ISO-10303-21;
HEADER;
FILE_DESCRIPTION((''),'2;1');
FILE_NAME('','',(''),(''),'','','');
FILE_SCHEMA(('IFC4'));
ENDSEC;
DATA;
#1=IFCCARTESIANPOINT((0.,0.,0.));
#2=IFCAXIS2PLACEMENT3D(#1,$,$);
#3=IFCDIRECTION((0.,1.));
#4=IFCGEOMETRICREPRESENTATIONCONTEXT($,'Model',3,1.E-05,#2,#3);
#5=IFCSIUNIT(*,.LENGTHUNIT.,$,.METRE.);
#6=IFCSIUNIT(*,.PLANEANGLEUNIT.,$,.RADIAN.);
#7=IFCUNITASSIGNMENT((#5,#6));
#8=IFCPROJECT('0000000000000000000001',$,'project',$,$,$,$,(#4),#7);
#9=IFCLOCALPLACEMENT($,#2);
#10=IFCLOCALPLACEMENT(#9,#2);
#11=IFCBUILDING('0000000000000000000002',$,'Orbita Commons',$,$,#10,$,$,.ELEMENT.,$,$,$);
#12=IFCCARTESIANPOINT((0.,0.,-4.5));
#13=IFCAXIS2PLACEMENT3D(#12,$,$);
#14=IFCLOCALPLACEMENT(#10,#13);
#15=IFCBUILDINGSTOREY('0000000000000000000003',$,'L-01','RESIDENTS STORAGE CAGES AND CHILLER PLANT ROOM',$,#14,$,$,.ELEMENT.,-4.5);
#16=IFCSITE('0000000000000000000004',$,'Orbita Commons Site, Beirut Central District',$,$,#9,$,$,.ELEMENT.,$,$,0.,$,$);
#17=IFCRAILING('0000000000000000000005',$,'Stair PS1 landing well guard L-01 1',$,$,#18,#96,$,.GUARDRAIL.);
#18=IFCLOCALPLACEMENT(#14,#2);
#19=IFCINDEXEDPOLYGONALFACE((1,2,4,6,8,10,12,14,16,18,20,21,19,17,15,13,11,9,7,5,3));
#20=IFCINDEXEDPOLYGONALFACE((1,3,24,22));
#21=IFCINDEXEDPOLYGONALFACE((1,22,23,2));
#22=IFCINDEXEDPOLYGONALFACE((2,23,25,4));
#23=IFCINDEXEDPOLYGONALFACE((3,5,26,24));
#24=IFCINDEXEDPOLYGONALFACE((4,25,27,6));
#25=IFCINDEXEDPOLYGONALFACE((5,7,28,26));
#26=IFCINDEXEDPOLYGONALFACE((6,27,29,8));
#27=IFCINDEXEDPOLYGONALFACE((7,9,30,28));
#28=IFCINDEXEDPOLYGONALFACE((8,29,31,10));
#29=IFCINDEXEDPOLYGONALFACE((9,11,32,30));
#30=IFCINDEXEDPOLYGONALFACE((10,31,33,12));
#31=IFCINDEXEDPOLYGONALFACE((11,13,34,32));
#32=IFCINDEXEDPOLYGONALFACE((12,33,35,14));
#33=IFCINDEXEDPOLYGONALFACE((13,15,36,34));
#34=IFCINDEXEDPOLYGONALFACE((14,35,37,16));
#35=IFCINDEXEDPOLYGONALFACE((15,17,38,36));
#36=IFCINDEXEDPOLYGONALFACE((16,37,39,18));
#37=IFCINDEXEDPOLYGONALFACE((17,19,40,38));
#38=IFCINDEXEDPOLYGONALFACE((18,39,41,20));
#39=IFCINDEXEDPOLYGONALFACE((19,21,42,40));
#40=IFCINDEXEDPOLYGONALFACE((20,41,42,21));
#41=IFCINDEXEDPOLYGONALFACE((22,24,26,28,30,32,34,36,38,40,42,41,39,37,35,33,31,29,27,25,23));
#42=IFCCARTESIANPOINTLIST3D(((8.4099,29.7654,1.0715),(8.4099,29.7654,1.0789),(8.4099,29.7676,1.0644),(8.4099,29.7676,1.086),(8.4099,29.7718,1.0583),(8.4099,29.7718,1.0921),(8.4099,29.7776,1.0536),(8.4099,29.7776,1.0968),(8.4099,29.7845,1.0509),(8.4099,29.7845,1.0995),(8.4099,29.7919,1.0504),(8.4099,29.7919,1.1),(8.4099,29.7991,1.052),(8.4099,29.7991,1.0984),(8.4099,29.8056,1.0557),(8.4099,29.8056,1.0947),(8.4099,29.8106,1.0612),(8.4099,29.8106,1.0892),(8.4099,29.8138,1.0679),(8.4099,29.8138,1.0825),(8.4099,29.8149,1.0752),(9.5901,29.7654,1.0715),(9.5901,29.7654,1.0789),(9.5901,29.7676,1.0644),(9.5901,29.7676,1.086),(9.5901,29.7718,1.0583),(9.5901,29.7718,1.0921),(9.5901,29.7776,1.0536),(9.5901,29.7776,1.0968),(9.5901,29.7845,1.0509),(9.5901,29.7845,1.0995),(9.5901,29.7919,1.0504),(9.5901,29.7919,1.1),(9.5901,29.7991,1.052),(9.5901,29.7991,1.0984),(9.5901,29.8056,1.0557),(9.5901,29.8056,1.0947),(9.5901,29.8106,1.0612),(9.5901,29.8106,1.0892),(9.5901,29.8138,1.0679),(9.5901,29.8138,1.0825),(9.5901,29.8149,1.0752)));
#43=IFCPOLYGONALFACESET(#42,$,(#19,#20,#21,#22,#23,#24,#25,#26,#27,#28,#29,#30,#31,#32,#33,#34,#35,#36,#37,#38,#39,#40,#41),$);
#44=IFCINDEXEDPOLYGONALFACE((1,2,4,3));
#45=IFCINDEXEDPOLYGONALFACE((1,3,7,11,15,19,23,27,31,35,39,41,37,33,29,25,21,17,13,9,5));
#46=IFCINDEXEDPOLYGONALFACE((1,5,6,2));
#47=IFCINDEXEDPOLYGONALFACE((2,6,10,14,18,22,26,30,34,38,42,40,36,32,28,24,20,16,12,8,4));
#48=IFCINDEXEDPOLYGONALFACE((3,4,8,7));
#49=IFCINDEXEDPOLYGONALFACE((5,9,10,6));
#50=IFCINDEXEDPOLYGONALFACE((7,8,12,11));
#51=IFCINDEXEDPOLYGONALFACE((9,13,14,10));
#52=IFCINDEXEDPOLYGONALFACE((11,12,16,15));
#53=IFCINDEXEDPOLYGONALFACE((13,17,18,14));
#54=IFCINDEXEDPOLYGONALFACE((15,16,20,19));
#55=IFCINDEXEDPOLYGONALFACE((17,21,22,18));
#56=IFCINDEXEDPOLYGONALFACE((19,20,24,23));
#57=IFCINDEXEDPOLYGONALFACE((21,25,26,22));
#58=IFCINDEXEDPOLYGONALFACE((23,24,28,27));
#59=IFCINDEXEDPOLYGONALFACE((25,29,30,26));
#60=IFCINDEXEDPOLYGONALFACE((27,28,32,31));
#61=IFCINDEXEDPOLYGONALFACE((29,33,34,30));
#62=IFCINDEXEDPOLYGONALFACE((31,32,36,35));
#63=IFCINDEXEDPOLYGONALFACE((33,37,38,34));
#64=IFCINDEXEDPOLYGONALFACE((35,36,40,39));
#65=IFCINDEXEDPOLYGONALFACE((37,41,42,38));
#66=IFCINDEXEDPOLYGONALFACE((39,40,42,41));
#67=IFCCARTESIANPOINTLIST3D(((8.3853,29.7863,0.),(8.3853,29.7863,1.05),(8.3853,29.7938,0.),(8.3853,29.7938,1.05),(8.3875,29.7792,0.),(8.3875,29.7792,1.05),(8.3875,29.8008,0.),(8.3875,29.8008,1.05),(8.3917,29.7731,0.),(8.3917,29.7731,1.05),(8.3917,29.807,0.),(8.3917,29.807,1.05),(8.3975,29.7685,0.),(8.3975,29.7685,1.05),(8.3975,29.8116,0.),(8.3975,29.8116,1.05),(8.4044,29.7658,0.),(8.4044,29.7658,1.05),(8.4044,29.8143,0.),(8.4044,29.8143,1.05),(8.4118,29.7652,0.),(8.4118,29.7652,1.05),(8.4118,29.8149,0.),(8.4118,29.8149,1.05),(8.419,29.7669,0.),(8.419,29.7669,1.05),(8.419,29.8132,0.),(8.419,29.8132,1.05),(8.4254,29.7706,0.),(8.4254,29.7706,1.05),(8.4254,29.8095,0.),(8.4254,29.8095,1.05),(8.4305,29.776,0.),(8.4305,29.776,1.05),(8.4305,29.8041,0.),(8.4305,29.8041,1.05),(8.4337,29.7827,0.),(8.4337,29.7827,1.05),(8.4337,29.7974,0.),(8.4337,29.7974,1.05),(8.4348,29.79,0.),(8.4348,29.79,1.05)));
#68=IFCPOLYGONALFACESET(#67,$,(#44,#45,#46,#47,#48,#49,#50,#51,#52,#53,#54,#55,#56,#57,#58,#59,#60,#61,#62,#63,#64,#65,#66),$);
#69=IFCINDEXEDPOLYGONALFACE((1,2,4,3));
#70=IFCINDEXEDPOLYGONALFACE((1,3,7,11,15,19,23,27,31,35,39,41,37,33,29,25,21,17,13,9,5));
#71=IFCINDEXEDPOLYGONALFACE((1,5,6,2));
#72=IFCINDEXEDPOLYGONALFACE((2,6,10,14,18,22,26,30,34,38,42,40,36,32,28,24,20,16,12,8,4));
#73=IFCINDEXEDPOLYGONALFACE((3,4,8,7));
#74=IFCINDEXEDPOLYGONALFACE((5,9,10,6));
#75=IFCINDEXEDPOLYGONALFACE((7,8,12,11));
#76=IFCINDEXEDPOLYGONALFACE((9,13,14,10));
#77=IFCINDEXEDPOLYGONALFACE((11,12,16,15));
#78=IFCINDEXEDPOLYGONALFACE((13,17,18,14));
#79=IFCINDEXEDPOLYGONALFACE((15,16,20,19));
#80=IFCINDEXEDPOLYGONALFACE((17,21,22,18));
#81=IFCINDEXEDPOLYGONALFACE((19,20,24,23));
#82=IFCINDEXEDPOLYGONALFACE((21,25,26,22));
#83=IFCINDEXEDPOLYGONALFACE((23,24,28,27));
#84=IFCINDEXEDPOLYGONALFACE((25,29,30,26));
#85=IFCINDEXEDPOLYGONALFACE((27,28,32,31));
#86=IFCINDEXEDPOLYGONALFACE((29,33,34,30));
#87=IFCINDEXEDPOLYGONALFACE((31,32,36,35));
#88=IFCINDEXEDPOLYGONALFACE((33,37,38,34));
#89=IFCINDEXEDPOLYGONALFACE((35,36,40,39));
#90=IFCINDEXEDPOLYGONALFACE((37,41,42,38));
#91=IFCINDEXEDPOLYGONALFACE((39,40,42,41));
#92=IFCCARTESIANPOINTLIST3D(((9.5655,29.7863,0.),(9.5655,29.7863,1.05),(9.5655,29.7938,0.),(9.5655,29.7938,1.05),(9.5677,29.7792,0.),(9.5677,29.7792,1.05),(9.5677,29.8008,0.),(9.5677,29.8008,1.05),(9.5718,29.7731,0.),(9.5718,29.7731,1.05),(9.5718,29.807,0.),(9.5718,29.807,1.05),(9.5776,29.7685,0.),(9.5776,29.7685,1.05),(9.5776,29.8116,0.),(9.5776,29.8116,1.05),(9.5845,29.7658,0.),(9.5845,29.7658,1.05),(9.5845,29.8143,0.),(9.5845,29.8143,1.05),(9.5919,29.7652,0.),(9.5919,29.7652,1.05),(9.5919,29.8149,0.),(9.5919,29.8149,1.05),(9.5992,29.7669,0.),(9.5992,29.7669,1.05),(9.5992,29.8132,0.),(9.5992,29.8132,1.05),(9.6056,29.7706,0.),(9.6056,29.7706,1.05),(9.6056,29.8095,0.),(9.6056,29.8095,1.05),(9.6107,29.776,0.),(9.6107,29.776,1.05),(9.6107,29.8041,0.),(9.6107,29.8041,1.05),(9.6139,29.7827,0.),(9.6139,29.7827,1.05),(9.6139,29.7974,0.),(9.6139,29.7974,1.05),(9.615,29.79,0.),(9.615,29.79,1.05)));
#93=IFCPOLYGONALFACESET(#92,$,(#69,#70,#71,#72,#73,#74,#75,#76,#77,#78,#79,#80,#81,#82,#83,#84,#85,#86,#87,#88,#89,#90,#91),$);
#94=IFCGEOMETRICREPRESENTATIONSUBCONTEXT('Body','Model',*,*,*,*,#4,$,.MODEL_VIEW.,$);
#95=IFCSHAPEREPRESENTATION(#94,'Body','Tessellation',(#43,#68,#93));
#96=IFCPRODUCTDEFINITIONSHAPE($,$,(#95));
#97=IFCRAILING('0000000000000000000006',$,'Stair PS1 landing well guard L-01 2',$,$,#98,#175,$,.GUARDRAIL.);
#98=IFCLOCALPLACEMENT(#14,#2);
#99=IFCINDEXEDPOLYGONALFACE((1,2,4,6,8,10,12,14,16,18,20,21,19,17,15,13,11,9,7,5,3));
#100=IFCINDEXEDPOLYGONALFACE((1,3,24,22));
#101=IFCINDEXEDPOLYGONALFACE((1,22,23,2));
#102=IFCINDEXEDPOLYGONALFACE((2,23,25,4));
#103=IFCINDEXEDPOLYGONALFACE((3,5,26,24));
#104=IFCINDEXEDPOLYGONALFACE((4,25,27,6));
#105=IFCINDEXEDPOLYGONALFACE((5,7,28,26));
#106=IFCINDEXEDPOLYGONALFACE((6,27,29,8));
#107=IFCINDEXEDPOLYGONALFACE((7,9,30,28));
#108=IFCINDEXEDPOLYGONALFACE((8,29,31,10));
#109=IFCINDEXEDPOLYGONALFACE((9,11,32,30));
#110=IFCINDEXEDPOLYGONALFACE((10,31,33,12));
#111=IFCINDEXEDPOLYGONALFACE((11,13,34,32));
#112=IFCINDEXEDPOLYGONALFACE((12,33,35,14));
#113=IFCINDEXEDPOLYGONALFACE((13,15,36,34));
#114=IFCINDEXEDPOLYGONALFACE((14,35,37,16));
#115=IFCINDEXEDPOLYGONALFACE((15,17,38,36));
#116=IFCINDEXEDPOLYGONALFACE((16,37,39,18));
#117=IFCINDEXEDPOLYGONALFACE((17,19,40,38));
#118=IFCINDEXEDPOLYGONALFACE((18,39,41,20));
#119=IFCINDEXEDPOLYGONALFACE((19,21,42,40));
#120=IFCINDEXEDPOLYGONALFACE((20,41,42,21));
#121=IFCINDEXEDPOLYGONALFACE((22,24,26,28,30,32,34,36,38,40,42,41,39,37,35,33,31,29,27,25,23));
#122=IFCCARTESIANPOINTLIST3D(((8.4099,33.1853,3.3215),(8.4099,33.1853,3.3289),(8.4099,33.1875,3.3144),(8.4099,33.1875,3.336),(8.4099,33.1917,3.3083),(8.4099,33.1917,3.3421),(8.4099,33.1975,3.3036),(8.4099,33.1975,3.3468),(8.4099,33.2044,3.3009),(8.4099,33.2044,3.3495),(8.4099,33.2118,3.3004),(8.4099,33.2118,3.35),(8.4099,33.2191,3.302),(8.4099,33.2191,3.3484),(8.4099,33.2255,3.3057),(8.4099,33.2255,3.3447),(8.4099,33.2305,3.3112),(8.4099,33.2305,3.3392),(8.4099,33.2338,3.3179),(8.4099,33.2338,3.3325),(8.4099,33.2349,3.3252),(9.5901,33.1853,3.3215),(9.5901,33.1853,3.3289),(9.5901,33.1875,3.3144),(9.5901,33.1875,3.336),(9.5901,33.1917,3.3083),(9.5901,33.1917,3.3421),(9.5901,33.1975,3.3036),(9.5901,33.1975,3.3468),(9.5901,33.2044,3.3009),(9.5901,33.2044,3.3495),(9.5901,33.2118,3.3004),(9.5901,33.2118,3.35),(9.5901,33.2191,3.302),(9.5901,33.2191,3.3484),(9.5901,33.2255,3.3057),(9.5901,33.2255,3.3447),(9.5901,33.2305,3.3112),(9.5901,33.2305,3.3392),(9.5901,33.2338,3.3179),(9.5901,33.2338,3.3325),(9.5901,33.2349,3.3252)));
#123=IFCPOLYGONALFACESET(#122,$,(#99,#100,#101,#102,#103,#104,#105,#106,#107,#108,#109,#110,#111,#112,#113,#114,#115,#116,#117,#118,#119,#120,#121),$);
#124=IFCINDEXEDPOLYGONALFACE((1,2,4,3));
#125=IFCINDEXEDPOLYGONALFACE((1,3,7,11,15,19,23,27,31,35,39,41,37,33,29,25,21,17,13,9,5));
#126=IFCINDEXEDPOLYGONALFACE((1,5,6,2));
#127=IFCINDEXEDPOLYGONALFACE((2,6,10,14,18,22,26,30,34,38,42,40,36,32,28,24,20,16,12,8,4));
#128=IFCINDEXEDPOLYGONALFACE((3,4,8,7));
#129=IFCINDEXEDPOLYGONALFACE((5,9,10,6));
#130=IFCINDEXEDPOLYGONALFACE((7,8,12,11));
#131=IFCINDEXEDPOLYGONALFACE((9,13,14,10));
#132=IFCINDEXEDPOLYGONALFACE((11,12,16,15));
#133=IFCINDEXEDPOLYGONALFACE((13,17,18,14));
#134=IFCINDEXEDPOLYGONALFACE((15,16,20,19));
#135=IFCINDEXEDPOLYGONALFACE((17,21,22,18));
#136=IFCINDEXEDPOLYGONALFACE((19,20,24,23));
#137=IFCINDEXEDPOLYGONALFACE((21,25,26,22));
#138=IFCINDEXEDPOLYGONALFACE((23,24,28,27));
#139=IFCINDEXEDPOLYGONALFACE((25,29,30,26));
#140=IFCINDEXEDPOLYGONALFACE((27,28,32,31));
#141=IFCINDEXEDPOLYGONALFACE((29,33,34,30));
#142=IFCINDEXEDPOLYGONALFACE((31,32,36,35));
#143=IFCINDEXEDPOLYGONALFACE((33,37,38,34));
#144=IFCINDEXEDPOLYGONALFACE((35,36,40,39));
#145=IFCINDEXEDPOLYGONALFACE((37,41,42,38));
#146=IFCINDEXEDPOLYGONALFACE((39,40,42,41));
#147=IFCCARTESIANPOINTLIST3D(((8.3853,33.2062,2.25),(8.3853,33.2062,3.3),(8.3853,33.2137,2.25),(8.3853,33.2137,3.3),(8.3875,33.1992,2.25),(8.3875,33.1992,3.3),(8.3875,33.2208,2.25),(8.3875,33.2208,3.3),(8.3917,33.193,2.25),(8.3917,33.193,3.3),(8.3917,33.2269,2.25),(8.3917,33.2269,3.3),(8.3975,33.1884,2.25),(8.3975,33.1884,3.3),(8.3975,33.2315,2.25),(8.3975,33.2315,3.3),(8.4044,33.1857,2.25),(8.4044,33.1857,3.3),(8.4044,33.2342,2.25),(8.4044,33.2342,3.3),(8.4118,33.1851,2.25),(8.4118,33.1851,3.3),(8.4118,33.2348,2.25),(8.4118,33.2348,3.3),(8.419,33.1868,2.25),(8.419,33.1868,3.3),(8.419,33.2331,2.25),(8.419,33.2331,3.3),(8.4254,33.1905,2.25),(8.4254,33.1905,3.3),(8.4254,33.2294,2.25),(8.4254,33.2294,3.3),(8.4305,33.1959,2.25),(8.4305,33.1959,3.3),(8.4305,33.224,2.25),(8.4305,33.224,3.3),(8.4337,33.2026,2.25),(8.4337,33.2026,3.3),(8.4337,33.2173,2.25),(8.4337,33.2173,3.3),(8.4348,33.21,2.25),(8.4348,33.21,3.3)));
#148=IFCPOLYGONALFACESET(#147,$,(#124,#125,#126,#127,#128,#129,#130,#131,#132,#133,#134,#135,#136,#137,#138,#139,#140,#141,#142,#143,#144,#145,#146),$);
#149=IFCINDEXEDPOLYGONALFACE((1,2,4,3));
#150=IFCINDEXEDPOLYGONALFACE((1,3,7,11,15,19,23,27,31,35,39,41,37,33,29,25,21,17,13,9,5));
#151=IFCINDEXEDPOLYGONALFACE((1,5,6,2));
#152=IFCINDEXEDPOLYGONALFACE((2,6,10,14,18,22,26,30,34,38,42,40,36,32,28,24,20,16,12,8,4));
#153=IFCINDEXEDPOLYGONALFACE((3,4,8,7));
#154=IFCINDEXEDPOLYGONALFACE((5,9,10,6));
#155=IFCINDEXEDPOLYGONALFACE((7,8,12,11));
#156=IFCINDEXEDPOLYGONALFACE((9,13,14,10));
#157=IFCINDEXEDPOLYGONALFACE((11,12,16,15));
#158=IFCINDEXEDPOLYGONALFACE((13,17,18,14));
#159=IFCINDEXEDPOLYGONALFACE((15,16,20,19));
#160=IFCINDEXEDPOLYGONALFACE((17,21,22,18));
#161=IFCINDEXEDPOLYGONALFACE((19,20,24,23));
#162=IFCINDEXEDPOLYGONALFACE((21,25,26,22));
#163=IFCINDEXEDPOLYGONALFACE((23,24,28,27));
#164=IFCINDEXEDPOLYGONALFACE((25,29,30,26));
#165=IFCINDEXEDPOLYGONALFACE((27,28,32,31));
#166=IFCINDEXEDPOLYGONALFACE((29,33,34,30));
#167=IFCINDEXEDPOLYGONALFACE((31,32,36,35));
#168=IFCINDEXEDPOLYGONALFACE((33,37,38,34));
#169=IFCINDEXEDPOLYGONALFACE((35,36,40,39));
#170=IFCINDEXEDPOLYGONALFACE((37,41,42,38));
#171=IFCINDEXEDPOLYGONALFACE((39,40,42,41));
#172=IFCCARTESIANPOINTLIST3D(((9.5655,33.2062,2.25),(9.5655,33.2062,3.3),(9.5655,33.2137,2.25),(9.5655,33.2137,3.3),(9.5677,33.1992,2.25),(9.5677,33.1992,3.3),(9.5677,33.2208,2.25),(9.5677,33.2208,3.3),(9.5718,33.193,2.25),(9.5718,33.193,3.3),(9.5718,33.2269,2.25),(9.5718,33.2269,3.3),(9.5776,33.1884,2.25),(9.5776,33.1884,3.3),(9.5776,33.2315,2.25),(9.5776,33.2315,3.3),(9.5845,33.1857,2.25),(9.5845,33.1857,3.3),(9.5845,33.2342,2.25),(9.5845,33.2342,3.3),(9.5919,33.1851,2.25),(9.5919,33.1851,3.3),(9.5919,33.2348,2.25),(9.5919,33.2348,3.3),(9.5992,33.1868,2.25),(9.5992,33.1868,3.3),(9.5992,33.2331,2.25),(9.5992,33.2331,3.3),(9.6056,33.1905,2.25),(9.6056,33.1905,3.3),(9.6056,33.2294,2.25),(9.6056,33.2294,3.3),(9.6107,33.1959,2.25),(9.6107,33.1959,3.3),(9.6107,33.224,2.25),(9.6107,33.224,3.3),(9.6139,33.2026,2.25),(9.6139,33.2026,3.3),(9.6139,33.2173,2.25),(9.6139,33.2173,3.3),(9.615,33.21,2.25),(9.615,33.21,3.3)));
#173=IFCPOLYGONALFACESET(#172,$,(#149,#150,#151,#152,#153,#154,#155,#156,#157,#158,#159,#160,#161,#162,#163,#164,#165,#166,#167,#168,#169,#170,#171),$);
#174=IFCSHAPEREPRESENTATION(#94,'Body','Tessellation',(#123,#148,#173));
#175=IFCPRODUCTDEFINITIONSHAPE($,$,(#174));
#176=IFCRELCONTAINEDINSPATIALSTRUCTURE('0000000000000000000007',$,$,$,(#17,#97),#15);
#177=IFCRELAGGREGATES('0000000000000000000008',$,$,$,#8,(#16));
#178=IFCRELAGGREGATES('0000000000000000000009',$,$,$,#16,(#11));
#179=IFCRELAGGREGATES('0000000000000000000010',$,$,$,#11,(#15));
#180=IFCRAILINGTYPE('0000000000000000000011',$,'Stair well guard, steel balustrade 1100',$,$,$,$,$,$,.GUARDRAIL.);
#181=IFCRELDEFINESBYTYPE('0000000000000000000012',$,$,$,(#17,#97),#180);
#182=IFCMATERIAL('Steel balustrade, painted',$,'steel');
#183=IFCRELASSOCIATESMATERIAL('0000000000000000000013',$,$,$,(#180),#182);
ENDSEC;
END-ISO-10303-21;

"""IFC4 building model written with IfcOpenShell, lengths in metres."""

from ifc_helpers import new_model, si_unit, direction, frame, origin, origin_2d, place, context, subcontext, project, spatial, circle, extrude, material, type_object, element, save


model = new_model("IFC4")

# Units and contexts
model_context = context("Model", 3, precision=1e-05, world=origin(), true_north=direction((0.0, 1.0)))
body_context = subcontext(model_context, "Body", "Model", "MODEL_VIEW")
ifc_project = project(units=[si_unit("LENGTHUNIT", "METRE"), si_unit("PLANEANGLEUNIT", "RADIAN")], contexts=[model_context])

# Site, building, storey
site_placement = place(None, origin())
site = spatial("IfcSite", under=ifc_project, at=site_placement, Name="Orbita Commons Site, Beirut Central District", CompositionType="ELEMENT", RefElevation=0.0)
building_placement = place(site_placement, origin())
building = spatial("IfcBuilding", under=site, at=building_placement, Name="Orbita Commons", CompositionType="ELEMENT")
storey_placement = place(building_placement, frame((0.0, 0.0, -4.5)))
storey = spatial("IfcBuildingStorey", under=building, at=storey_placement, Name="L-01", Description="RESIDENTS STORAGE CAGES AND CHILLER PLANT ROOM", CompositionType="ELEMENT", Elevation=-4.5)

# Railings
ifc_material_1 = material(Name="Steel balustrade, painted", Category="steel")
railing_type_1 = type_object("IfcRailingType", Name="Stair well guard, steel balustrade 1100", PredefinedType="GUARDRAIL", material=ifc_material_1)
for number, where, name in (
    (1, (8.4099, 29.79, 0.0), "Stair PS1 landing well guard L-01 1"),
    (2, (8.4099, 33.21, 2.25), "Stair PS1 landing well guard L-01 2"),
):
    element("IfcRailing", number, at=place(storey_placement, frame(where)), inside=storey, type_object=railing_type_1, Name=name, PredefinedType="GUARDRAIL", context=body_context, shape_type="SweptSolid", body=[
        extrude(circle(Radius=0.0249, at=origin_2d()), frame((0.0, 0.0, 1.0752), z_axis=(1.0, 0.0, 0.0), x_axis=(0.0, 1.0, 0.0)), (0.0, 0.0, 1.0), 1.1802),
        extrude(circle(Radius=0.0249, at=origin_2d()), origin(), (0.0, 0.0, 1.0), 1.05),
        extrude(circle(Radius=0.0249, at=origin_2d()), frame((1.1802, 0.0, 0.0)), (0.0, 0.0, 1.0), 1.05),
    ])

save(model, "model.ifc")
